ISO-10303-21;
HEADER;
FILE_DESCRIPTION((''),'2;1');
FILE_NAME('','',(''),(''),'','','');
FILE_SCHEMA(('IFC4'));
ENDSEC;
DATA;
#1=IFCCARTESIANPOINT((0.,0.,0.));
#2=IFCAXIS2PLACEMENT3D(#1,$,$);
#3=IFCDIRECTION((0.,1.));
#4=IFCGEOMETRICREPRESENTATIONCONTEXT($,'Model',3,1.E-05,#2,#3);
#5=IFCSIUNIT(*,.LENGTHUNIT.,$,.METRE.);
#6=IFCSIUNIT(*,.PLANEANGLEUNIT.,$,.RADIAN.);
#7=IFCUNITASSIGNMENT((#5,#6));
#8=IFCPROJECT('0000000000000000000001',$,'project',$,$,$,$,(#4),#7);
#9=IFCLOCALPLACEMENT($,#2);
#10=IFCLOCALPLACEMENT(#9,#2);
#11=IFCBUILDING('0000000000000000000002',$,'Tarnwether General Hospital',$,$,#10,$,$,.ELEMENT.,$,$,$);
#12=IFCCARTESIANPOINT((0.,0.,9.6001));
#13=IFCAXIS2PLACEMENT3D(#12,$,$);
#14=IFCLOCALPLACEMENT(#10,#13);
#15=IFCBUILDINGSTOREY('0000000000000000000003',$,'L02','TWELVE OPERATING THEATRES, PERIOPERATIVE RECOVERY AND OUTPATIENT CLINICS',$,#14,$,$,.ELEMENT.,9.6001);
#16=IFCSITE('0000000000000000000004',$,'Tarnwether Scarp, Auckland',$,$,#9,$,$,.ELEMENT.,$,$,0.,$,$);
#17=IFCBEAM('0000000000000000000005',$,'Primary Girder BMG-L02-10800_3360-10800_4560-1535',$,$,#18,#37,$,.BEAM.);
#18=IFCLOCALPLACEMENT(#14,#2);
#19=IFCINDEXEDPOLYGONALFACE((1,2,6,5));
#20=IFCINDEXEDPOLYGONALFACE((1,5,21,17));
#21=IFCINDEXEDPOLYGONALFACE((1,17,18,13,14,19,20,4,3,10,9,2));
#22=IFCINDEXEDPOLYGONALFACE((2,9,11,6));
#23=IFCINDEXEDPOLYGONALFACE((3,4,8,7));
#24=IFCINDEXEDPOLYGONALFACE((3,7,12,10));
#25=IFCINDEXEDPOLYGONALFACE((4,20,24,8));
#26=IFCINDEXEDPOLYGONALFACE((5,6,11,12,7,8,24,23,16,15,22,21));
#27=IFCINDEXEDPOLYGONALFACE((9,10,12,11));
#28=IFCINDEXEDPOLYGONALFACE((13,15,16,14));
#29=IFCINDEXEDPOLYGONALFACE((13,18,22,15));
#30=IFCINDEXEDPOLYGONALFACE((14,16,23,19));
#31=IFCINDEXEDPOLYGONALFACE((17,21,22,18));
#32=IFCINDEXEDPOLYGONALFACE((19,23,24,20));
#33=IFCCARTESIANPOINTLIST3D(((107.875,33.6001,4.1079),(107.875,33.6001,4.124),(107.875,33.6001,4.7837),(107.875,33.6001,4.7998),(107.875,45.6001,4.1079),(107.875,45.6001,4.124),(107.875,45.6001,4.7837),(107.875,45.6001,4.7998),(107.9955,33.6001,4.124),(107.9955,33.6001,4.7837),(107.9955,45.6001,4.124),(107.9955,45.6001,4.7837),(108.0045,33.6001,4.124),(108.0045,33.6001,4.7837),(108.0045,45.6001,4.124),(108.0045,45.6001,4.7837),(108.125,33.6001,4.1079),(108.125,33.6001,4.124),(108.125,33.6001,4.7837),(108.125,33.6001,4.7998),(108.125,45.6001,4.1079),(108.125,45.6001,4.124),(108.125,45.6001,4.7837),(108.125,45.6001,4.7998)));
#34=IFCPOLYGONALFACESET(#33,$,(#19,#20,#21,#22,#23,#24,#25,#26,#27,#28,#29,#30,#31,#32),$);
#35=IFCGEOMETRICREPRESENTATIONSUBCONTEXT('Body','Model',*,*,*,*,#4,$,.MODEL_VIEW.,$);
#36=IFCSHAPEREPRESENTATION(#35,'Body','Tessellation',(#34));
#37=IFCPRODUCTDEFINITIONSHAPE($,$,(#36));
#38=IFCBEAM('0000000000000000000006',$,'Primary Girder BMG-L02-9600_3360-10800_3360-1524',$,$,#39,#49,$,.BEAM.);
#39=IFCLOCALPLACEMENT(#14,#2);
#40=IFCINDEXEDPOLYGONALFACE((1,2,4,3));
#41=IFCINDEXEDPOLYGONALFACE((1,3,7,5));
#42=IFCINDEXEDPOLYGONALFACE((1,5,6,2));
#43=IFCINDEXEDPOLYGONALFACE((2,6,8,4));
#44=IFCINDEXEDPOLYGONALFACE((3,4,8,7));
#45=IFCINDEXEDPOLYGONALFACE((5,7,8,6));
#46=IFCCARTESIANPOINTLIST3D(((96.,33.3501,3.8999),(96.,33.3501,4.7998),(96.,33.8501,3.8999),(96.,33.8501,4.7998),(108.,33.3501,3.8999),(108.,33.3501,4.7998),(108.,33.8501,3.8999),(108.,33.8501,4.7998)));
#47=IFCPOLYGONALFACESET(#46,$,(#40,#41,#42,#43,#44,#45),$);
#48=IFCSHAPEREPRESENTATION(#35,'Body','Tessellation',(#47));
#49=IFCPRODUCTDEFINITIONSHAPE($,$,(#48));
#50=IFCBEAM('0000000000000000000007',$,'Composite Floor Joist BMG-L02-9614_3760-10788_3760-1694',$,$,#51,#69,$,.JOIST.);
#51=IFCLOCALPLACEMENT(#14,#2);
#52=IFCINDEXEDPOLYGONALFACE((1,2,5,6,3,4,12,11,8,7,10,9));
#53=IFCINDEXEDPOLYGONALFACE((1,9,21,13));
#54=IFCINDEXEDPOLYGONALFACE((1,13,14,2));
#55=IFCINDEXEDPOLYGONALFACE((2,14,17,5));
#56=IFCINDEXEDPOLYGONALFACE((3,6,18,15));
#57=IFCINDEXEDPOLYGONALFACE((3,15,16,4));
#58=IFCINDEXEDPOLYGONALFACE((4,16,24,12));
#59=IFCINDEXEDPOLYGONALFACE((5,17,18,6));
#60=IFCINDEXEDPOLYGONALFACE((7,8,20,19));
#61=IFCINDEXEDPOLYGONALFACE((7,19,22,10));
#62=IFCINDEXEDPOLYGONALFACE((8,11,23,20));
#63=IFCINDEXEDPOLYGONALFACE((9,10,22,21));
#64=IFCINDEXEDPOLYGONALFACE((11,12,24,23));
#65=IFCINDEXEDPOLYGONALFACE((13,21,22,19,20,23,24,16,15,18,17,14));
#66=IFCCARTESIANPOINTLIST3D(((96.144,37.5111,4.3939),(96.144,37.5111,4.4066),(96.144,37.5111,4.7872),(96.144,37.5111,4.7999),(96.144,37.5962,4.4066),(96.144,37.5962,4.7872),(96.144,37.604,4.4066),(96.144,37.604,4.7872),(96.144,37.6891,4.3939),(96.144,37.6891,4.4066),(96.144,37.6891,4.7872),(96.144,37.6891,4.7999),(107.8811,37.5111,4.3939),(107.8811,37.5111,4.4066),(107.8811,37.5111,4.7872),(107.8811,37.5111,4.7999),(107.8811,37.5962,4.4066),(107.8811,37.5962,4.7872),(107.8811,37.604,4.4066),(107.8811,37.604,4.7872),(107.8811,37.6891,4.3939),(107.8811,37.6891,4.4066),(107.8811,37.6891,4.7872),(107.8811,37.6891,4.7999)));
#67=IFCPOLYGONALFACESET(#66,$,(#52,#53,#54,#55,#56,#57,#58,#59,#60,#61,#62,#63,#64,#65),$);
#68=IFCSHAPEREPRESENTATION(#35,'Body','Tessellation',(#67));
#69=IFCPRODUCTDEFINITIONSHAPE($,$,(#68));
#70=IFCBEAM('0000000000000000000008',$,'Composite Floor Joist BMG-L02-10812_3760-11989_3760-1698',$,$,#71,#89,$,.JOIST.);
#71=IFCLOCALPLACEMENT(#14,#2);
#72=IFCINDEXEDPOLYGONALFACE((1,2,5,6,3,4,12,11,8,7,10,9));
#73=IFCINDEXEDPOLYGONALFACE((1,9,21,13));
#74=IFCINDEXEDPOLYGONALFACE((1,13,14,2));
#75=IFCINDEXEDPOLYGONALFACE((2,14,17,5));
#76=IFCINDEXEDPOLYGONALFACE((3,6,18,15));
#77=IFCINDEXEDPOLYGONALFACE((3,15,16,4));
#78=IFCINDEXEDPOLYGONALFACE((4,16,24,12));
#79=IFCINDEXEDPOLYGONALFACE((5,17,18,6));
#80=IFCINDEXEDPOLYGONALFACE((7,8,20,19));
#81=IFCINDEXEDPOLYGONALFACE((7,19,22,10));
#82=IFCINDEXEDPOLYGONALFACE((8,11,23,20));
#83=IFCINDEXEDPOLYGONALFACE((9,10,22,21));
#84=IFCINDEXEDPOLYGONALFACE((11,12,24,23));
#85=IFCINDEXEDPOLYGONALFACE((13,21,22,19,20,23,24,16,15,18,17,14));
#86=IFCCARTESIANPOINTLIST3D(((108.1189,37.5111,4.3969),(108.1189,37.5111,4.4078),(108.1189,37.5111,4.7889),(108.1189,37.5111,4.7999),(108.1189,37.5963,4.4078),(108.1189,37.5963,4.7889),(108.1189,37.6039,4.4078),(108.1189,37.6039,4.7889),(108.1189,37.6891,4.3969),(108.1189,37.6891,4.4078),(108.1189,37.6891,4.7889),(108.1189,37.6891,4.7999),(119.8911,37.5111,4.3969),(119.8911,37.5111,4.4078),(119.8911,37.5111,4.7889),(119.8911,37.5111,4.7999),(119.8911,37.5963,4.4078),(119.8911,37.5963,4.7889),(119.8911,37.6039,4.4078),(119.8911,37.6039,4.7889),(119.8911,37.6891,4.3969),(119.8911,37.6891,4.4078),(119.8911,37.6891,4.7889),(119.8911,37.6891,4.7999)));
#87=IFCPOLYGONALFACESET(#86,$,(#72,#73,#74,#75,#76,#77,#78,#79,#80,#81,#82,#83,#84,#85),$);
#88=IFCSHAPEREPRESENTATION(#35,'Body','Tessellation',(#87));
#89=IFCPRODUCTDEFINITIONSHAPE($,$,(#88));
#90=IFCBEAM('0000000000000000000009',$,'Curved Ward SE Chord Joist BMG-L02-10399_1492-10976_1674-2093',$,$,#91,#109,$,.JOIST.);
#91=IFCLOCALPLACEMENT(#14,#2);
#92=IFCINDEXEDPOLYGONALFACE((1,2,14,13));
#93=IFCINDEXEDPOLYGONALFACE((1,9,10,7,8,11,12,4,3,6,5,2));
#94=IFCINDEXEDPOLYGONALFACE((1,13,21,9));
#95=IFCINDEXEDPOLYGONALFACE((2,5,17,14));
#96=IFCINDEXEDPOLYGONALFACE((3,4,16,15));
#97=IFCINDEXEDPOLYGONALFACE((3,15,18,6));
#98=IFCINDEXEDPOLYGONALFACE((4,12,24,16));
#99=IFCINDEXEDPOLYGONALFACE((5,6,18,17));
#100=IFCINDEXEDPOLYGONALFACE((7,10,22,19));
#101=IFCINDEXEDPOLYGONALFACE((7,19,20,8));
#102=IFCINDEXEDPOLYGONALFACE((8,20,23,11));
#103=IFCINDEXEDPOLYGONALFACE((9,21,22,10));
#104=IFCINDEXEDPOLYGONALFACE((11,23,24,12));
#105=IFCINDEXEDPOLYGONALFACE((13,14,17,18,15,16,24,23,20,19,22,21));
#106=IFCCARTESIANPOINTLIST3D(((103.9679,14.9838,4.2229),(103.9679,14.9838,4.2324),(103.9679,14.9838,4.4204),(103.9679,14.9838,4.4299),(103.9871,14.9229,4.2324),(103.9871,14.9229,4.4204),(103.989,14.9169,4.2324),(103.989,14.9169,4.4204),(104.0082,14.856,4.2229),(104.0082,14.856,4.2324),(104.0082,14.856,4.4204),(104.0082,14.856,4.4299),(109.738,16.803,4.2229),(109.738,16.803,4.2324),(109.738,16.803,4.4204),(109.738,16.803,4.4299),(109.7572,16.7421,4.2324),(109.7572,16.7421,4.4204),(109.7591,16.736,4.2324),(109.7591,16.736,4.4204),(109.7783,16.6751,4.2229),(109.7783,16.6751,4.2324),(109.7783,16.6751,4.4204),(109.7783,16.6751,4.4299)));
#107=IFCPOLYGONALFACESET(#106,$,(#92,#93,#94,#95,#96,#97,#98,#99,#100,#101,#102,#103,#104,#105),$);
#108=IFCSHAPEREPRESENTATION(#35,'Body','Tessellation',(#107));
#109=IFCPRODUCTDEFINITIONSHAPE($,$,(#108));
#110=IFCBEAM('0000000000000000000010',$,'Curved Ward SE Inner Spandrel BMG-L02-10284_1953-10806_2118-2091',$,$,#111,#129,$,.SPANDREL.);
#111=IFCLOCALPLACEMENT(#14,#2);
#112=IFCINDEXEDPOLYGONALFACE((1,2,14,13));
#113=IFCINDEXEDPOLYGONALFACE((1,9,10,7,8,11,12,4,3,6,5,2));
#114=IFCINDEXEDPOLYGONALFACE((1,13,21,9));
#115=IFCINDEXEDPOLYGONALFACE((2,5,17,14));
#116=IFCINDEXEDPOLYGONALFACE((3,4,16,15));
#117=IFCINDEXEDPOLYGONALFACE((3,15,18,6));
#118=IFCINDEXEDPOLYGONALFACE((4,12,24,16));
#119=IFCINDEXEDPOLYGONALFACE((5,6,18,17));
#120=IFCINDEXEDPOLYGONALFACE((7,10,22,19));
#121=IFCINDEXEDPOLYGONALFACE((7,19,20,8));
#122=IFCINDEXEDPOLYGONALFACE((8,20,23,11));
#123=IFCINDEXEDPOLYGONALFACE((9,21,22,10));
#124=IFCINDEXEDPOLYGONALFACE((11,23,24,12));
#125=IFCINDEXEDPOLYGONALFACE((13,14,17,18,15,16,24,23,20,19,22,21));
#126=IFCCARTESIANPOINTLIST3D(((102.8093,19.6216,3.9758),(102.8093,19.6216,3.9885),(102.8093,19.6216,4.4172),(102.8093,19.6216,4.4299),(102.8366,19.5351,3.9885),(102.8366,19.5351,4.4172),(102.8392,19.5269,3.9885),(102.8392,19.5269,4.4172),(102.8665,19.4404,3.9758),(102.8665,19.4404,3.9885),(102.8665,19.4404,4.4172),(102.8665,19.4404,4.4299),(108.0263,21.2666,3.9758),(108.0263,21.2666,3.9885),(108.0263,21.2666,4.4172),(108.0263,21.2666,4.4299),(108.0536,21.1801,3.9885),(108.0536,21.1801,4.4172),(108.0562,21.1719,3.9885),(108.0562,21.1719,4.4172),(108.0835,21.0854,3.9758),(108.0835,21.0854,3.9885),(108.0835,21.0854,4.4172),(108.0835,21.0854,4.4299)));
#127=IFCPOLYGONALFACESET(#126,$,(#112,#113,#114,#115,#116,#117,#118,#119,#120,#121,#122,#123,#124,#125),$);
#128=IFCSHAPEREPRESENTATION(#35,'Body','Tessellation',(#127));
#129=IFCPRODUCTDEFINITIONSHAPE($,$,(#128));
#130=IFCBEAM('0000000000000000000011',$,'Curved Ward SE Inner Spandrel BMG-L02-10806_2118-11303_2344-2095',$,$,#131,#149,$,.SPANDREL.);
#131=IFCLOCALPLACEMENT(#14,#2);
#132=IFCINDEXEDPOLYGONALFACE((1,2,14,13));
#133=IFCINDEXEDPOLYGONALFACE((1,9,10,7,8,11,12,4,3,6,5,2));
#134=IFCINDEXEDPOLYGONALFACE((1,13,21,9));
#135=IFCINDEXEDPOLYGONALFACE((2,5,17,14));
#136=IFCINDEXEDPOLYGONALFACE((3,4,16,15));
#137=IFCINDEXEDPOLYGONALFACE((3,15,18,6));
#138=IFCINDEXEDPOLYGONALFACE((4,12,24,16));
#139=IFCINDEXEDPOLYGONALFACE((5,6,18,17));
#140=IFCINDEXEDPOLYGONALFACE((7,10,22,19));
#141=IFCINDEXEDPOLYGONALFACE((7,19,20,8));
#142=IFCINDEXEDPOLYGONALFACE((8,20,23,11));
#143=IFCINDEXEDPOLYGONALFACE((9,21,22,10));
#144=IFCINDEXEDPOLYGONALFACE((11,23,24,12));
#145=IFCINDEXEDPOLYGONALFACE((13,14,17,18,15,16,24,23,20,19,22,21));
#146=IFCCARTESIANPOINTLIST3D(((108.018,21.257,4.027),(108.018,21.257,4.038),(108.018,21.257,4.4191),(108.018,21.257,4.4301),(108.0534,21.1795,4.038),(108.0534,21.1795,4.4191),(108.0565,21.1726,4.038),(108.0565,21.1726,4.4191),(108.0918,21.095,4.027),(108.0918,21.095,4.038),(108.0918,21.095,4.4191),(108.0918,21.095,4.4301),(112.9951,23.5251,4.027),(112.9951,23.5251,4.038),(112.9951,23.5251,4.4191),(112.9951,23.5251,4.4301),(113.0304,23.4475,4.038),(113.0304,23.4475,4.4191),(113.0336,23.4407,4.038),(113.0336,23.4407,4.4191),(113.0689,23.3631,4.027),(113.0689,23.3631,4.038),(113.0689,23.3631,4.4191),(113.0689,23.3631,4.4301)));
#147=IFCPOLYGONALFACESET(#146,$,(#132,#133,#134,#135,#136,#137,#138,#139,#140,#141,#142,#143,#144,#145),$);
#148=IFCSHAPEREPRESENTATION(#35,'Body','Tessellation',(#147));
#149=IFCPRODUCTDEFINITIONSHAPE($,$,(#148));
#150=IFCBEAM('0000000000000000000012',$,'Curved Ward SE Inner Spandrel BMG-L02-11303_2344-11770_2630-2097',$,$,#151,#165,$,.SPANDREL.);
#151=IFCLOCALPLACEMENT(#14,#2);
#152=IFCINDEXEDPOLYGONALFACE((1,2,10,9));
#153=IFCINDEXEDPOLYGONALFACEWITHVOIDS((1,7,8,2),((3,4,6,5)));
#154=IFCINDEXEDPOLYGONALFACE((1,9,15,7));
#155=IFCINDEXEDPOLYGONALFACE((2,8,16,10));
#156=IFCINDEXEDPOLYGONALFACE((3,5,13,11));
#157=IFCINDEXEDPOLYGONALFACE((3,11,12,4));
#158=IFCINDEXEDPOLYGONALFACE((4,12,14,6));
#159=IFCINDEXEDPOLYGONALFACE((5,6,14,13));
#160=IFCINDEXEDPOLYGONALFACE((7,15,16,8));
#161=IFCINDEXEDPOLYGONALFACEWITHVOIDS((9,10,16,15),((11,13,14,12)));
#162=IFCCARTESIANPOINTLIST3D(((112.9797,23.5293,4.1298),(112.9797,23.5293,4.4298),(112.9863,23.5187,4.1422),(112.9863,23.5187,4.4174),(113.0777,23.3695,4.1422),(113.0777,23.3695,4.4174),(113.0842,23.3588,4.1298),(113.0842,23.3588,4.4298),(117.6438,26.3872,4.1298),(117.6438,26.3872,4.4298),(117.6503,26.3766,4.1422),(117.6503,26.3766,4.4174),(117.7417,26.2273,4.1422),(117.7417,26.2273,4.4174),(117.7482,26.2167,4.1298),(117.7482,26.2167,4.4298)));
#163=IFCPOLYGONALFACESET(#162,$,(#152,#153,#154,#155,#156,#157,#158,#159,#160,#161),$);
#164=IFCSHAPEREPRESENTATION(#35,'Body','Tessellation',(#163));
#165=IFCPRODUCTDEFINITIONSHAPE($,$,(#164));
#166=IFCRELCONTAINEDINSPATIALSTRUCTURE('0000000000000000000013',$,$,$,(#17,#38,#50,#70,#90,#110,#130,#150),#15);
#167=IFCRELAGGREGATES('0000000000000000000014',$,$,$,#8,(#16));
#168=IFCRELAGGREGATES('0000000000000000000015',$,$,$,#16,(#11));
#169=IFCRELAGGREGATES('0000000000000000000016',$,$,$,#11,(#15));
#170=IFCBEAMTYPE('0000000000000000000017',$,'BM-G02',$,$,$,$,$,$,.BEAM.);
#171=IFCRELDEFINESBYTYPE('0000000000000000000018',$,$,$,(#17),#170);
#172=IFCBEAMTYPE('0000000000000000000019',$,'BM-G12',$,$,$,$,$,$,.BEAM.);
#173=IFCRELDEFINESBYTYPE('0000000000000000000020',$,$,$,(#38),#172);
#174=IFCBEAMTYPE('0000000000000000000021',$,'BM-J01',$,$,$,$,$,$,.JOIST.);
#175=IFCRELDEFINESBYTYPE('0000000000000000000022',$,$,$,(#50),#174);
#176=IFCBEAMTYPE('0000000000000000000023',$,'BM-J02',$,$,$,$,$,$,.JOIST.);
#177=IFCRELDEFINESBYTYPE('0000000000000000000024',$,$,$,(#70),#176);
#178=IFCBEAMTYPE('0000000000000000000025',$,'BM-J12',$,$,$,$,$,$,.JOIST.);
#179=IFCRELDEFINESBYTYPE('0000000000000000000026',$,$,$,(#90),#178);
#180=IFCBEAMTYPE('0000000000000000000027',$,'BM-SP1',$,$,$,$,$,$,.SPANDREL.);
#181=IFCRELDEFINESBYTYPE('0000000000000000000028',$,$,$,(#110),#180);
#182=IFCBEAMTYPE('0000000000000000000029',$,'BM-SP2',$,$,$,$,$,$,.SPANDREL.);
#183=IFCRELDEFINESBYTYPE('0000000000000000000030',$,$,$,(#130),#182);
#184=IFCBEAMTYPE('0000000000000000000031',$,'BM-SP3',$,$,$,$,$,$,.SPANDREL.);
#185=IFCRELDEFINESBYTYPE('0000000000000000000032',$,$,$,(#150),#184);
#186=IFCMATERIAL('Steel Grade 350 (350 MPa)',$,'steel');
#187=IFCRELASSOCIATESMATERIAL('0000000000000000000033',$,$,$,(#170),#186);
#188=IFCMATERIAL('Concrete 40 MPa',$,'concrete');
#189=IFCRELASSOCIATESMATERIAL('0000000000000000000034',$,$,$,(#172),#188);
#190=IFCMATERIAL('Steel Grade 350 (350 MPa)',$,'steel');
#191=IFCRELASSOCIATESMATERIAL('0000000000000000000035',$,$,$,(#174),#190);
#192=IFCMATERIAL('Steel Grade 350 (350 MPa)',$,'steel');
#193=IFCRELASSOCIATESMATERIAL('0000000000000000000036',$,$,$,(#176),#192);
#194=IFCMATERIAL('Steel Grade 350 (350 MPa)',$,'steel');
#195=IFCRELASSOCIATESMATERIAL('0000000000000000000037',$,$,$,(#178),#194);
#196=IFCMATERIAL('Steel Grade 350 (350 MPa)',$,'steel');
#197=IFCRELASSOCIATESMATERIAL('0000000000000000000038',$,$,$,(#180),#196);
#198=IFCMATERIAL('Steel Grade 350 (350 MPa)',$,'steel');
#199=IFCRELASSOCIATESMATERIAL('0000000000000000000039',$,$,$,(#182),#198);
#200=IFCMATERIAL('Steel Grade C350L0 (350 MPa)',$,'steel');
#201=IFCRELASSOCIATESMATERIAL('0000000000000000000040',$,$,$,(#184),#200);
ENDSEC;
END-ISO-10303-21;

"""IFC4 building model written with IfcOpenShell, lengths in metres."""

from ifc_helpers import new_model, si_unit, direction, frame, origin, origin_2d, place, context, subcontext, project, spatial, rectangle, hollow_rectangle, i_section, extrude, material, material_profile, profile_set, type_object, element, save


model = new_model("IFC4")

# Units and contexts
model_context = context("Model", 3, precision=1e-05, world=origin(), true_north=direction((0.0, 1.0)))
body_context = subcontext(model_context, "Body", "Model", "MODEL_VIEW")
ifc_project = project(units=[si_unit("LENGTHUNIT", "METRE"), si_unit("PLANEANGLEUNIT", "RADIAN")], contexts=[model_context])

# Site, building, storey
site_placement = place(None, origin())
site = spatial("IfcSite", under=ifc_project, at=site_placement, Name="Tarnwether Scarp, Auckland", CompositionType="ELEMENT", RefElevation=0.0)
building_placement = place(site_placement, origin())
building = spatial("IfcBuilding", under=site, at=building_placement, Name="Tarnwether General Hospital", CompositionType="ELEMENT")
storey_placement = place(building_placement, frame((0.0, 0.0, 9.6001)))
storey = spatial("IfcBuildingStorey", under=building, at=storey_placement, Name="L02", Description="TWELVE OPERATING THEATRES, PERIOPERATIVE RECOVERY AND OUTPATIENT CLINICS", CompositionType="ELEMENT", Elevation=9.6001)

# Beams
ifc_material_1 = material(Name="Steel Grade 350 (350 MPa)", Category="steel")
ifc_material_profile_1 = material_profile(ifc_material_1, i_section(OverallWidth=0.25, OverallDepth=0.6919, WebThickness=0.009, FlangeThickness=0.0161, at=origin_2d()), Name="700WB115")
ifc_profile_set_1 = profile_set([ifc_material_profile_1], Name="Steel Grade 350 (350 MPa)")
beam_type_1 = type_object("IfcBeamType", Name="BM-G02", PredefinedType="BEAM", material=ifc_profile_set_1)
beam_1_placement = place(storey_placement, frame((108.0, 33.6001, 4.4539), z_axis=(0.0, 1.0, 0.0), x_axis=(-1.0, 0.0, 0.0)))
element("IfcBeam", 1, at=beam_1_placement, inside=storey, type_object=beam_type_1, Name="Primary Girder BMG-L02-10800_3360-10800_4560-1535", PredefinedType="BEAM", context=body_context, shape_type="SweptSolid", body=[
    extrude(i_section(OverallWidth=0.25, OverallDepth=0.6919, WebThickness=0.009, FlangeThickness=0.0161, at=origin_2d()), origin(), (0.0, 0.0, 1.0), 12.0),
])
ifc_material_2 = material(Name="Concrete 40 MPa", Category="concrete")
ifc_material_profile_2 = material_profile(ifc_material_2, rectangle(XDim=0.5, YDim=0.8999, at=origin_2d()), Name="RC-BM-500x900")
ifc_profile_set_2 = profile_set([ifc_material_profile_2], Name="Concrete 40 MPa")
beam_type_2 = type_object("IfcBeamType", Name="BM-G12", PredefinedType="BEAM", material=ifc_profile_set_2)
beam_2_placement = place(storey_placement, frame((96.0, 33.6001, 4.3499), z_axis=(1.0, 0.0, 0.0), x_axis=(0.0, 1.0, 0.0)))
element("IfcBeam", 2, at=beam_2_placement, inside=storey, type_object=beam_type_2, Name="Primary Girder BMG-L02-9600_3360-10800_3360-1524", PredefinedType="BEAM", context=body_context, shape_type="SweptSolid", body=[
    extrude(rectangle(XDim=0.5, YDim=0.8999, at=origin_2d()), origin(), (0.0, 0.0, 1.0), 12.0),
])
ifc_material_3 = material(Name="Steel Grade 350 (350 MPa)", Category="steel")
ifc_material_profile_3 = material_profile(ifc_material_3, i_section(OverallWidth=0.178, OverallDepth=0.406, WebThickness=0.0078, FlangeThickness=0.0127, at=origin_2d()), Name="410UB59.7")
ifc_profile_set_3 = profile_set([ifc_material_profile_3], Name="Steel Grade 350 (350 MPa)")
beam_type_3 = type_object("IfcBeamType", Name="BM-J01", PredefinedType="JOIST", material=ifc_profile_set_3)
beam_3_placement = place(storey_placement, frame((96.144, 37.6001, 4.5969), z_axis=(1.0, 0.0, 0.0), x_axis=(0.0, 1.0, 0.0)))
element("IfcBeam", 3, at=beam_3_placement, inside=storey, type_object=beam_type_3, Name="Composite Floor Joist BMG-L02-9614_3760-10788_3760-1694", PredefinedType="JOIST", context=body_context, shape_type="SweptSolid", body=[
    extrude(i_section(OverallWidth=0.178, OverallDepth=0.406, WebThickness=0.0078, FlangeThickness=0.0127, at=origin_2d()), origin(), (0.0, 0.0, 1.0), 11.7371),
])
ifc_material_4 = material(Name="Steel Grade 350 (350 MPa)", Category="steel")
ifc_material_profile_4 = material_profile(ifc_material_4, i_section(OverallWidth=0.178, OverallDepth=0.4031, WebThickness=0.0076, FlangeThickness=0.011, at=origin_2d()), Name="410UB53.7")
ifc_profile_set_4 = profile_set([ifc_material_profile_4], Name="Steel Grade 350 (350 MPa)")
beam_type_4 = type_object("IfcBeamType", Name="BM-J02", PredefinedType="JOIST", material=ifc_profile_set_4)
beam_4_placement = place(storey_placement, frame((108.1189, 37.6001, 4.5984), z_axis=(1.0, 0.0, 0.0), x_axis=(0.0, 1.0, 0.0)))
element("IfcBeam", 4, at=beam_4_placement, inside=storey, type_object=beam_type_4, Name="Composite Floor Joist BMG-L02-10812_3760-11989_3760-1698", PredefinedType="JOIST", context=body_context, shape_type="SweptSolid", body=[
    extrude(i_section(OverallWidth=0.178, OverallDepth=0.4031, WebThickness=0.0076, FlangeThickness=0.011, at=origin_2d()), origin(), (0.0, 0.0, 1.0), 11.7722),
])
ifc_material_5 = material(Name="Steel Grade 350 (350 MPa)", Category="steel")
ifc_material_profile_5 = material_profile(ifc_material_5, i_section(OverallWidth=0.134, OverallDepth=0.207, WebThickness=0.0063, FlangeThickness=0.0095, at=origin_2d()), Name="200UB29.8")
ifc_profile_set_5 = profile_set([ifc_material_profile_5], Name="Steel Grade 350 (350 MPa)")
beam_type_5 = type_object("IfcBeamType", Name="BM-J12", PredefinedType="JOIST", material=ifc_profile_set_5)
beam_5_placement = place(storey_placement, frame((103.988, 14.9199, 4.3264), z_axis=(0.953726, 0.300677, 0.0), x_axis=(-0.300677, 0.953726, 0.0)))
element("IfcBeam", 5, at=beam_5_placement, inside=storey, type_object=beam_type_5, Name="Curved Ward SE Chord Joist BMG-L02-10399_1492-10976_1674-2093", PredefinedType="JOIST", context=body_context, shape_type="SweptSolid", body=[
    extrude(i_section(OverallWidth=0.134, OverallDepth=0.207, WebThickness=0.0063, FlangeThickness=0.0095, at=origin_2d()), origin(), (0.0, 0.0, 1.0), 6.05),
])
ifc_material_6 = material(Name="Steel Grade 350 (350 MPa)", Category="steel")
ifc_material_profile_6 = material_profile(ifc_material_6, i_section(OverallWidth=0.1899, OverallDepth=0.4541, WebThickness=0.0085, FlangeThickness=0.0127, at=origin_2d()), Name="460UB67.1")
ifc_profile_set_6 = profile_set([ifc_material_profile_6], Name="Steel Grade 350 (350 MPa)")
beam_type_6 = type_object("IfcBeamType", Name="BM-SP1", PredefinedType="SPANDREL", material=ifc_profile_set_6)
beam_6_placement = place(storey_placement, frame((102.8379, 19.531, 4.2029), z_axis=(0.953712, 0.300721, 0.0), x_axis=(-0.300721, 0.953712, 0.0)))
element("IfcBeam", 6, at=beam_6_placement, inside=storey, type_object=beam_type_6, Name="Curved Ward SE Inner Spandrel BMG-L02-10284_1953-10806_2118-2091", PredefinedType="SPANDREL", context=body_context, shape_type="SweptSolid", body=[
    extrude(i_section(OverallWidth=0.1899, OverallDepth=0.4541, WebThickness=0.0085, FlangeThickness=0.0127, at=origin_2d()), origin(), (0.0, 0.0, 1.0), 5.4702),
])
ifc_material_7 = material(Name="Steel Grade 350 (350 MPa)", Category="steel")
ifc_material_profile_7 = material_profile(ifc_material_7, i_section(OverallWidth=0.178, OverallDepth=0.4031, WebThickness=0.0076, FlangeThickness=0.011, at=origin_2d()), Name="410UB53.7")
ifc_profile_set_7 = profile_set([ifc_material_profile_7], Name="Steel Grade 350 (350 MPa)")
beam_type_7 = type_object("IfcBeamType", Name="BM-SP2", PredefinedType="SPANDREL", material=ifc_profile_set_7)
beam_7_placement = place(storey_placement, frame((108.0549, 21.176, 4.2285), z_axis=(0.909969, 0.414677, 0.0), x_axis=(-0.414677, 0.909969, 0.0)))
element("IfcBeam", 7, at=beam_7_placement, inside=storey, type_object=beam_type_7, Name="Curved Ward SE Inner Spandrel BMG-L02-10806_2118-11303_2344-2095", PredefinedType="SPANDREL", context=body_context, shape_type="SweptSolid", body=[
    extrude(i_section(OverallWidth=0.178, OverallDepth=0.4031, WebThickness=0.0076, FlangeThickness=0.011, at=origin_2d()), origin(), (0.0, 0.0, 1.0), 5.4695),
])
ifc_material_8 = material(Name="Steel Grade C350L0 (350 MPa)", Category="steel")
ifc_material_profile_8 = material_profile(ifc_material_8, hollow_rectangle(XDim=0.2, YDim=0.3, WallThickness=0.0125, at=origin_2d()), Name="RHS300x200x12.5")
ifc_profile_set_8 = profile_set([ifc_material_profile_8], Name="Steel Grade C350L0 (350 MPa)")
beam_type_8 = type_object("IfcBeamType", Name="BM-SP3", PredefinedType="SPANDREL", material=ifc_profile_set_8)
beam_8_placement = place(storey_placement, frame((113.032, 23.4441, 4.2798), z_axis=(0.852659, 0.522468, 0.0), x_axis=(-0.522468, 0.852659, 0.0)))
element("IfcBeam", 8, at=beam_8_placement, inside=storey, type_object=beam_type_8, Name="Curved Ward SE Inner Spandrel BMG-L02-11303_2344-11770_2630-2097", PredefinedType="SPANDREL", context=body_context, shape_type="SweptSolid", body=[
    extrude(hollow_rectangle(XDim=0.2, YDim=0.3, WallThickness=0.0125, at=origin_2d()), origin(), (0.0, 0.0, 1.0), 5.47),
])

save(model, "model.ifc")
